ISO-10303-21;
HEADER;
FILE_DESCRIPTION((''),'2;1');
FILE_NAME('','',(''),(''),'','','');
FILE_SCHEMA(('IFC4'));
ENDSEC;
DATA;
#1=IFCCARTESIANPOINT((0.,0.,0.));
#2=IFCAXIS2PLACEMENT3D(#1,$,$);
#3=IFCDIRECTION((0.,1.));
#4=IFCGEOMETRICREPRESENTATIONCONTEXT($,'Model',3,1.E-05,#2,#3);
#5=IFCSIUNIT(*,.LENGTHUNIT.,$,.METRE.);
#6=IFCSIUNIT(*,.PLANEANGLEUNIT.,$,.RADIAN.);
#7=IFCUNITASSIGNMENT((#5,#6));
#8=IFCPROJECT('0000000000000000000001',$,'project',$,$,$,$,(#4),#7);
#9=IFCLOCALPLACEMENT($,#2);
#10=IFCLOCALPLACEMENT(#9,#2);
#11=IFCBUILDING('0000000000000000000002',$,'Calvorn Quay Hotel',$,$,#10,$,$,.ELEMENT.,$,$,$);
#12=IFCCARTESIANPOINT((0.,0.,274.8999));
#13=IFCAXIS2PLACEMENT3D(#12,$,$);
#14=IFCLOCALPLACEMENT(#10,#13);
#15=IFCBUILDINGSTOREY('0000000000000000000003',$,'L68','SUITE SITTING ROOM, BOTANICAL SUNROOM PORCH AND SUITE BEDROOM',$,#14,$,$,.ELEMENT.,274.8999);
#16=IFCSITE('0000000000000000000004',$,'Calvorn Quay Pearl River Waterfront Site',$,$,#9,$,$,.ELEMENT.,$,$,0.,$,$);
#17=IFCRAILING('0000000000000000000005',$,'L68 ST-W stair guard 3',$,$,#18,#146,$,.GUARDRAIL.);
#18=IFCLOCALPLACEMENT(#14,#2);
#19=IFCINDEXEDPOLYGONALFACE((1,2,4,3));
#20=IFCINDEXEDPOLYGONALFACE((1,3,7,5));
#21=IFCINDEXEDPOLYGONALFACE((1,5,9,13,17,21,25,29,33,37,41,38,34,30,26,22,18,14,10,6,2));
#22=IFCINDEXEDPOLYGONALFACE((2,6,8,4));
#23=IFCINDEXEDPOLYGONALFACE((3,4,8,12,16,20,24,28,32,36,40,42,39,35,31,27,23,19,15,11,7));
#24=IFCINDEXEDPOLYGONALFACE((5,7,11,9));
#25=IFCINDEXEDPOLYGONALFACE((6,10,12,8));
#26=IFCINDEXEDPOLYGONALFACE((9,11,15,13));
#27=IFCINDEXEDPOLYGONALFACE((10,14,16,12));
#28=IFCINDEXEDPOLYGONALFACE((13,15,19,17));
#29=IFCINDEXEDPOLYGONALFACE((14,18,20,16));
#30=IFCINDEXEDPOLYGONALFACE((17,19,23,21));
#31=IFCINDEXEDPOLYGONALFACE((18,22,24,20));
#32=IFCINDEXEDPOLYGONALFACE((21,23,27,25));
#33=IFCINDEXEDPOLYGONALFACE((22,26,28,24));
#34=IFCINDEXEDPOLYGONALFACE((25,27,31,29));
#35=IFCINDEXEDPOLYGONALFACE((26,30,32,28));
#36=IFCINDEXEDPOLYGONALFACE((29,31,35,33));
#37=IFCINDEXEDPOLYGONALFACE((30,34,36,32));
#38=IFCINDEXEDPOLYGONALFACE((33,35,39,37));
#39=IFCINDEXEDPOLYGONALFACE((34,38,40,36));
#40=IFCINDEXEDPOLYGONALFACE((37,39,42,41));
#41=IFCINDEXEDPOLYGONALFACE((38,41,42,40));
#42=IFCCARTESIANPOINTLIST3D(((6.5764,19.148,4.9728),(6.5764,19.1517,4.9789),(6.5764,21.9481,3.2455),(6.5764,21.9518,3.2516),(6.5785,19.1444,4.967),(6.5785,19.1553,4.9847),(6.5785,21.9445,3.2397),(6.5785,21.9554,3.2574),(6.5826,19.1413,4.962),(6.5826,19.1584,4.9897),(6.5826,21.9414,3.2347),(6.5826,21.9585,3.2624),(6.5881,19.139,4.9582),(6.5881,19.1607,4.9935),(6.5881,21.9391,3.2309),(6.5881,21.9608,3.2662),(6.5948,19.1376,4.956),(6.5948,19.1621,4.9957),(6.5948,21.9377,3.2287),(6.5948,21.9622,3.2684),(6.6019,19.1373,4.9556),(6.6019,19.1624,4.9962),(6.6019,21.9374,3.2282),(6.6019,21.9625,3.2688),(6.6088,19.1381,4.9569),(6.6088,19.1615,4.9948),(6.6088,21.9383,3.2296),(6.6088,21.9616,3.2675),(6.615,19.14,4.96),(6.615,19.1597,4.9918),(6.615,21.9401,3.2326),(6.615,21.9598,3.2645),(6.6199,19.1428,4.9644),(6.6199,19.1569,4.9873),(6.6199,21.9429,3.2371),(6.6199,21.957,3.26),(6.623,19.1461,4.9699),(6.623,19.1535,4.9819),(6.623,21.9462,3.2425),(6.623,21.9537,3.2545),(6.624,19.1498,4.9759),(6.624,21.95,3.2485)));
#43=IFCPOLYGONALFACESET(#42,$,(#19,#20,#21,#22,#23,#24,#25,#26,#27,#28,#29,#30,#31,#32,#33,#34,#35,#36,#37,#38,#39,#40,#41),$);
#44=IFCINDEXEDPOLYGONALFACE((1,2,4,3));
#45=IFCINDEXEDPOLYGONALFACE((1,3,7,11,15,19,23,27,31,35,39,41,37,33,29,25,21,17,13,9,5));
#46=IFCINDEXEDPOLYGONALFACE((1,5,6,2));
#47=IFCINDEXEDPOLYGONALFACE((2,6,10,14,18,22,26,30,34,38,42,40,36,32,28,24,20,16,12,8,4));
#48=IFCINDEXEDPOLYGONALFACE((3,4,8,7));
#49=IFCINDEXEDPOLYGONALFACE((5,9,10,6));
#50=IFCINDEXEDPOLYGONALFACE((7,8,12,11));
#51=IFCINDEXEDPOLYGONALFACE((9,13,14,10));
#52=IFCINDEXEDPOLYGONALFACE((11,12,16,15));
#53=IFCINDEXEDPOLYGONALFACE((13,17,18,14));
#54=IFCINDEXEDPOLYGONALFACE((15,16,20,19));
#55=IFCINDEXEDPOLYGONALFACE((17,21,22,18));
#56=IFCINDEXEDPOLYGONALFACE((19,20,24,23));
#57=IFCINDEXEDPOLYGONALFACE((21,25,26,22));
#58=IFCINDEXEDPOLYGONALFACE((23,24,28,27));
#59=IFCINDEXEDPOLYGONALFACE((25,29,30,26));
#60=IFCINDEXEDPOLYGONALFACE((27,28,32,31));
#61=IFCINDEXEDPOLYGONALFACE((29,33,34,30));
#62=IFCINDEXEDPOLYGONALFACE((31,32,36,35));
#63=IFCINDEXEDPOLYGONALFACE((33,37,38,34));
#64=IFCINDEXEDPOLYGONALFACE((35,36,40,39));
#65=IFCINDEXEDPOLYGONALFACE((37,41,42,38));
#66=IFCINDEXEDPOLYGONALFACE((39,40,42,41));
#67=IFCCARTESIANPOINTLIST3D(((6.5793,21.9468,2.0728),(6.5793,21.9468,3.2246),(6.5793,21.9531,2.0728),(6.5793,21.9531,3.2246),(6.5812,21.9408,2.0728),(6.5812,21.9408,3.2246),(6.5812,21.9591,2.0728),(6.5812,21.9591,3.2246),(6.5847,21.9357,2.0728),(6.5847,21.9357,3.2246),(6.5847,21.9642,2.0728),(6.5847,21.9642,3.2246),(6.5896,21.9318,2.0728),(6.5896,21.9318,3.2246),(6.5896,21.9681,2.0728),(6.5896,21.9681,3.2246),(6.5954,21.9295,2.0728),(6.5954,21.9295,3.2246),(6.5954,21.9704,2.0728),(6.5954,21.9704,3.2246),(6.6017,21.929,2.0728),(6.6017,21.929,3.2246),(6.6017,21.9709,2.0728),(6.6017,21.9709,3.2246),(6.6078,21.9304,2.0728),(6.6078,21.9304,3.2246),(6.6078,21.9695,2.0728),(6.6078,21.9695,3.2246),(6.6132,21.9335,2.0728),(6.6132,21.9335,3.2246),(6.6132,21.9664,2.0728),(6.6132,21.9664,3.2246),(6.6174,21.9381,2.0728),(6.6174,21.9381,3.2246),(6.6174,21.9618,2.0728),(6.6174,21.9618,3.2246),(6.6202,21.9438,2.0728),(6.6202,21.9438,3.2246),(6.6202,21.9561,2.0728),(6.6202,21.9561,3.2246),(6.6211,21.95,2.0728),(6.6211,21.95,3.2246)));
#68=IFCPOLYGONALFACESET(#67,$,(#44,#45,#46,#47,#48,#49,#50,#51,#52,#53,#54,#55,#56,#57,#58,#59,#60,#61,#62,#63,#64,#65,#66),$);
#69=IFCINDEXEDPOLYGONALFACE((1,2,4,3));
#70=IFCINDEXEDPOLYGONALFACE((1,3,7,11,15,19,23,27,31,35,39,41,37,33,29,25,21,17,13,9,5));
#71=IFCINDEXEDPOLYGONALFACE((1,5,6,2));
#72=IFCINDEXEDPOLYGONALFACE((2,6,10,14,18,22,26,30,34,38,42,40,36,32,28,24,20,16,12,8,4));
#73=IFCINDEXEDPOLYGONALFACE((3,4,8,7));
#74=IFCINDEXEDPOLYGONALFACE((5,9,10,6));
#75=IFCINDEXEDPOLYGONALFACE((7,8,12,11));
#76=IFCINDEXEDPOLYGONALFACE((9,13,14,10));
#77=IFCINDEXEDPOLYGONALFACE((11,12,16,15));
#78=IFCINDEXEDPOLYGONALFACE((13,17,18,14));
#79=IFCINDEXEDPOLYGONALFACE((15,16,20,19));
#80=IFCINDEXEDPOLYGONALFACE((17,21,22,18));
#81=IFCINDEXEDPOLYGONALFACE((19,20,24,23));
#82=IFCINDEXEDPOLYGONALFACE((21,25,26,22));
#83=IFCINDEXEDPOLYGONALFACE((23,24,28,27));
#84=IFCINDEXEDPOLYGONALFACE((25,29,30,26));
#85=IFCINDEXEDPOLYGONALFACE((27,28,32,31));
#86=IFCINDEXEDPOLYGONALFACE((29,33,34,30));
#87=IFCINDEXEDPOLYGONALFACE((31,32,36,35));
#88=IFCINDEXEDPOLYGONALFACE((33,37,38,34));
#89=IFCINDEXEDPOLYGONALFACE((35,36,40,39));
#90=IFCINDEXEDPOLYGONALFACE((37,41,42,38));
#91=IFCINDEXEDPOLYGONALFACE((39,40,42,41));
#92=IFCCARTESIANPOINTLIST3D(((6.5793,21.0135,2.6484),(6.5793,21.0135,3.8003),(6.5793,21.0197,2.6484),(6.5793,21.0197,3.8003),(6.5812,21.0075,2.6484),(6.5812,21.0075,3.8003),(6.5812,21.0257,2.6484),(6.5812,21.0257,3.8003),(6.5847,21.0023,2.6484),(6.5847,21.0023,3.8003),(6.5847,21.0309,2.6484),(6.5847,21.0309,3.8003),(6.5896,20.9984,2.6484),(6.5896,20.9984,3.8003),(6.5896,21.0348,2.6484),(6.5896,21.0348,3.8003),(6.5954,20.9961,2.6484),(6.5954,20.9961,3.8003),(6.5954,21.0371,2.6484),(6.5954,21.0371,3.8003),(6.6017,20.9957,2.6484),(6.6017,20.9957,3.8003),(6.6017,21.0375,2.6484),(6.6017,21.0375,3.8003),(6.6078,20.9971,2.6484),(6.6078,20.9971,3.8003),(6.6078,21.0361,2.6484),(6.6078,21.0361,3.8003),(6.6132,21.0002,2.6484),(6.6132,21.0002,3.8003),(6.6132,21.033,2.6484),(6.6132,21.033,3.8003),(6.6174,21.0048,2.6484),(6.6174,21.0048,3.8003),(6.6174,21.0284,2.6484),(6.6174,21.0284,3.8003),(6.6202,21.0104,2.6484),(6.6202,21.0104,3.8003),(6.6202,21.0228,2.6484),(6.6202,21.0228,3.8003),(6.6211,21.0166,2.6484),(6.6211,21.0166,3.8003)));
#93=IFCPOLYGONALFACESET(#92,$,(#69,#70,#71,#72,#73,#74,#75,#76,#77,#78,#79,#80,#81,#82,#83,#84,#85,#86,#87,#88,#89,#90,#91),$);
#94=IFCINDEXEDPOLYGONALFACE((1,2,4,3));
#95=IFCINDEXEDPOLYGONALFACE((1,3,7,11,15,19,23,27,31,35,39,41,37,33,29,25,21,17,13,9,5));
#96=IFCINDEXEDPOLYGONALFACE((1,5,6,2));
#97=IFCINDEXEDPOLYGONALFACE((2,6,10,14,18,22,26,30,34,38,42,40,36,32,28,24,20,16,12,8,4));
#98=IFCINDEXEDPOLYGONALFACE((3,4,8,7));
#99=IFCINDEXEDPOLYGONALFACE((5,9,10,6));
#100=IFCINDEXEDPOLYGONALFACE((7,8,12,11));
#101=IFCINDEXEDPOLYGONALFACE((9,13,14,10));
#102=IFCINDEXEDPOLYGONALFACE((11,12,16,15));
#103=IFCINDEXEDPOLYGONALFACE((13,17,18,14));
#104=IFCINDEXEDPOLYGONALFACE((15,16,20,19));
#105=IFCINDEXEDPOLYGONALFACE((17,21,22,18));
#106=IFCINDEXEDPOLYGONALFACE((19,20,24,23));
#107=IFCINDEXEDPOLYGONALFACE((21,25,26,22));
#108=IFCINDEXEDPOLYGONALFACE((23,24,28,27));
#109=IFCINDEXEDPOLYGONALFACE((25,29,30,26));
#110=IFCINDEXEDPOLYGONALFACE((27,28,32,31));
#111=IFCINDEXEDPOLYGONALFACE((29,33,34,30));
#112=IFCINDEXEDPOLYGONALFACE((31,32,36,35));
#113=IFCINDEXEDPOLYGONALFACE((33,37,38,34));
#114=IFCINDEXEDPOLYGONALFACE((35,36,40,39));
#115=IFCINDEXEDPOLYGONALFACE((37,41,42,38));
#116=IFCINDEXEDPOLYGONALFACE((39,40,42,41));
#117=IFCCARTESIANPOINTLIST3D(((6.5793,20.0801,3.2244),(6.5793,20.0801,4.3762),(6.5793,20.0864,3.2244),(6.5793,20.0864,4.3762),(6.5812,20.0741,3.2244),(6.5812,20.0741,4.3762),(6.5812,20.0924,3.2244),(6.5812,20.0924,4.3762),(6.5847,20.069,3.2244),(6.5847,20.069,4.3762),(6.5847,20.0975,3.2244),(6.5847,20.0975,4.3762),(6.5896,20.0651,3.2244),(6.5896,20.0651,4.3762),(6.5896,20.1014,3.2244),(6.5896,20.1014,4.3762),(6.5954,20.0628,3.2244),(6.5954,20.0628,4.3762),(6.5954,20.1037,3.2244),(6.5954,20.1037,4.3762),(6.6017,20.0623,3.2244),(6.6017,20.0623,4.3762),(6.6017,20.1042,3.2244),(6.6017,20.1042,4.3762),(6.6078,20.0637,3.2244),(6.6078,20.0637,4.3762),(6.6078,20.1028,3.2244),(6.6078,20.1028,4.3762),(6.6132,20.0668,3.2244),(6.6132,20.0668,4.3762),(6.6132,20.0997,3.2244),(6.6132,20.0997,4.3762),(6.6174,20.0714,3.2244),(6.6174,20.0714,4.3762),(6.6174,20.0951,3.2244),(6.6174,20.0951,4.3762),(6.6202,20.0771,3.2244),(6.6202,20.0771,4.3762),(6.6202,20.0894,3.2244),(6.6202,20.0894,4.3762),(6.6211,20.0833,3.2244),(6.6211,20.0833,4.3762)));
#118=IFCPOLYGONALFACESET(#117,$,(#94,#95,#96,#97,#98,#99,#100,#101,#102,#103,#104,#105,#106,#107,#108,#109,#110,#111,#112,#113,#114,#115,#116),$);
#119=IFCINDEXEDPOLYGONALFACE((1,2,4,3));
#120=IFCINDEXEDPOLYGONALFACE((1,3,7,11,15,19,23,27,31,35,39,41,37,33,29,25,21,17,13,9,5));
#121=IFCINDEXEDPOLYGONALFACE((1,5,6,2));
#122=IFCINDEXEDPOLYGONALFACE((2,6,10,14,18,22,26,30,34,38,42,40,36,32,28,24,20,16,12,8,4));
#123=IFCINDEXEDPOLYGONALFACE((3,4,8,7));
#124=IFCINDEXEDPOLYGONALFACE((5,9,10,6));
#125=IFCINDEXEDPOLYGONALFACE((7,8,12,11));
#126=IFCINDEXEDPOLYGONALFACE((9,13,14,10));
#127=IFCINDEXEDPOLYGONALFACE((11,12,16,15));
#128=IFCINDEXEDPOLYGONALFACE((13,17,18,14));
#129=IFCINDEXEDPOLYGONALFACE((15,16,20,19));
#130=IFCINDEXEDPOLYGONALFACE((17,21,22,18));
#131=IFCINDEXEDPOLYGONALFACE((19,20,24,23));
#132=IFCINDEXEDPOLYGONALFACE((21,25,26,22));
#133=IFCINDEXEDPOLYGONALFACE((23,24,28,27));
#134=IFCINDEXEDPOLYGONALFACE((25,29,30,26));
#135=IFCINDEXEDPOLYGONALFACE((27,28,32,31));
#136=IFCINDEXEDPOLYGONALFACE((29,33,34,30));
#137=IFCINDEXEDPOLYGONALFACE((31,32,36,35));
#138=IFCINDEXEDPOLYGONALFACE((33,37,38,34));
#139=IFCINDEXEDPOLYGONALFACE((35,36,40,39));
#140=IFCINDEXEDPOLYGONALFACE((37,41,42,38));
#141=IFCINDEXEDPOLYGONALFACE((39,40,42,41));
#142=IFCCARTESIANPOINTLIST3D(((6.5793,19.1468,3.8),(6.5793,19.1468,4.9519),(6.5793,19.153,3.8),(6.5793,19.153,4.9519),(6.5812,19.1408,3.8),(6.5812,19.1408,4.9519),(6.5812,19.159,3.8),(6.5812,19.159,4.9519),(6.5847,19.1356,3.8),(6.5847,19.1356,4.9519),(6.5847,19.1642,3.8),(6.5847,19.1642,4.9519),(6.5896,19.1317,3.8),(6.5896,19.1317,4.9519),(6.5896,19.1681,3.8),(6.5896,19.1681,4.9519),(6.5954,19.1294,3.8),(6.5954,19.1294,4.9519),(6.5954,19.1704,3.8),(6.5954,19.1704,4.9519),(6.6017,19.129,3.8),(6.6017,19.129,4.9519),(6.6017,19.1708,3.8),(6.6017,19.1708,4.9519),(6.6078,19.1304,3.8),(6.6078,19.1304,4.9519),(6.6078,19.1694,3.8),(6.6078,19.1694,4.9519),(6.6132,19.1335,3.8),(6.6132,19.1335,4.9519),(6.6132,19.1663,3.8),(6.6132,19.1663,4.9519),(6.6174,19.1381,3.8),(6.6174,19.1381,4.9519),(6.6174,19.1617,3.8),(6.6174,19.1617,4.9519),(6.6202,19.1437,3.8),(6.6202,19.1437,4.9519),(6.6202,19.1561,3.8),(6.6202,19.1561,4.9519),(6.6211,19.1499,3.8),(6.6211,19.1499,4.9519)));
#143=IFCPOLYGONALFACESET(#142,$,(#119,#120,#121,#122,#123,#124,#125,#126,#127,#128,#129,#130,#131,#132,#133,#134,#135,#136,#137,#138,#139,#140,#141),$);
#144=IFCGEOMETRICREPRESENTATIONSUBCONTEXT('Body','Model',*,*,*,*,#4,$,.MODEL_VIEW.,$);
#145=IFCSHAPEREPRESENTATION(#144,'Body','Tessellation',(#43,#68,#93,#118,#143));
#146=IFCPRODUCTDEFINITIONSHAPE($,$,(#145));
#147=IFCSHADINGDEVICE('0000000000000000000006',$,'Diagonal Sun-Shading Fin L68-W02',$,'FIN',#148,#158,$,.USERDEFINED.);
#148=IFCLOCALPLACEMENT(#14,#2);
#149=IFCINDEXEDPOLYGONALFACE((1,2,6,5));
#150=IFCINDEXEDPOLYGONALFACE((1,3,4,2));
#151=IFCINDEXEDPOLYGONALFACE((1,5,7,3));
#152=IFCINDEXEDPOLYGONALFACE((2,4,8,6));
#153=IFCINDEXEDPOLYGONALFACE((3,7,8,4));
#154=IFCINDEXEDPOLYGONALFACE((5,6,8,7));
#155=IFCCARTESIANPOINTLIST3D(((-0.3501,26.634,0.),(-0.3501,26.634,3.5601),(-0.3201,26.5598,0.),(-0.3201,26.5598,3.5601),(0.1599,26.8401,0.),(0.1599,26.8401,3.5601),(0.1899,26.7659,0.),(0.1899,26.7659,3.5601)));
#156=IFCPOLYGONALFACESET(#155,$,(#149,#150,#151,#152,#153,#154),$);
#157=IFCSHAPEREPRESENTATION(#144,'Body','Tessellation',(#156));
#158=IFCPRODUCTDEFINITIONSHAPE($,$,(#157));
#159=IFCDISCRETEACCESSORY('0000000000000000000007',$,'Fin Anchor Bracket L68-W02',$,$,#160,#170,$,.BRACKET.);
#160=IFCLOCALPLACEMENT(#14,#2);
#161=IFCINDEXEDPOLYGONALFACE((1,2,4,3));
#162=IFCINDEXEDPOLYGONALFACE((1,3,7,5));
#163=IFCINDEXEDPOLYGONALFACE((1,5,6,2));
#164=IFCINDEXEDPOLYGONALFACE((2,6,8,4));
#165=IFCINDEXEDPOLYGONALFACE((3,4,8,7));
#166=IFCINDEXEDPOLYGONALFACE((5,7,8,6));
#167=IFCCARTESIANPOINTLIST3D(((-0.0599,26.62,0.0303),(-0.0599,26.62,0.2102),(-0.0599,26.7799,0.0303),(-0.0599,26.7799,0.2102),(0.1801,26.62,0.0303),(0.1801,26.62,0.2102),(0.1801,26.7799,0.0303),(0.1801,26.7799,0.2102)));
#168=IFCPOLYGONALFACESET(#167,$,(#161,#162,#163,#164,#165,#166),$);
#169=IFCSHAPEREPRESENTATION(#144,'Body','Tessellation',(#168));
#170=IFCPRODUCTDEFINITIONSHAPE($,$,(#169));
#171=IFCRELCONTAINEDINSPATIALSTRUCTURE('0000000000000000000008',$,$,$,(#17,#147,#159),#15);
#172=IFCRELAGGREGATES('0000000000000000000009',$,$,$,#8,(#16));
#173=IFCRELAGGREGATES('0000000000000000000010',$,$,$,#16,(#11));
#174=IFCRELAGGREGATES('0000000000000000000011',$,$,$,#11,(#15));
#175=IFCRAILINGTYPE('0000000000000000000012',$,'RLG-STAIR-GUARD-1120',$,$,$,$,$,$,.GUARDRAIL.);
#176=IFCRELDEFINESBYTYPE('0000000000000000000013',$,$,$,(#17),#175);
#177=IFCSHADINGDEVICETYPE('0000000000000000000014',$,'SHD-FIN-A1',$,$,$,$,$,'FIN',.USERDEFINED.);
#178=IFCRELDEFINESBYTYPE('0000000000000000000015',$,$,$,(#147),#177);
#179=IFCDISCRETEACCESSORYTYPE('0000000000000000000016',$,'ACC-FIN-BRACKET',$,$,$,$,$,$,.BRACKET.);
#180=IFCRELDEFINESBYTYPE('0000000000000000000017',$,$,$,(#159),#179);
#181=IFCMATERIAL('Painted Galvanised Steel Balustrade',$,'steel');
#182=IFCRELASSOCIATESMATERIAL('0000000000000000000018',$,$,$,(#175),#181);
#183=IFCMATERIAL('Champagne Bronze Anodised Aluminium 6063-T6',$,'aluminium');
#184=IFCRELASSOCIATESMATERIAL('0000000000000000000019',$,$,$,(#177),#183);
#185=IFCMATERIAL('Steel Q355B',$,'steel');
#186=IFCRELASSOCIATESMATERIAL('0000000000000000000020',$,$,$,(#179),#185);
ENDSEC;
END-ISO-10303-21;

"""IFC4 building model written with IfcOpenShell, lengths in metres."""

from ifc_helpers import new_model, si_unit, direction, frame, origin, origin_2d, place, context, subcontext, project, spatial, rectangle, circle, extrude, material, type_object, element, save


model = new_model("IFC4")

# Units and contexts
model_context = context("Model", 3, precision=1e-05, world=origin(), true_north=direction((0.0, 1.0)))
body_context = subcontext(model_context, "Body", "Model", "MODEL_VIEW")
ifc_project = project(units=[si_unit("LENGTHUNIT", "METRE"), si_unit("PLANEANGLEUNIT", "RADIAN")], contexts=[model_context])

# Site, building, storey
site_placement = place(None, origin())
site = spatial("IfcSite", under=ifc_project, at=site_placement, Name="Calvorn Quay Pearl River Waterfront Site", CompositionType="ELEMENT", RefElevation=0.0)
building_placement = place(site_placement, origin())
building = spatial("IfcBuilding", under=site, at=building_placement, Name="Calvorn Quay Hotel", CompositionType="ELEMENT")
storey_placement = place(building_placement, frame((0.0, 0.0, 274.8999)))
storey = spatial("IfcBuildingStorey", under=building, at=storey_placement, Name="L68", Description="SUITE SITTING ROOM, BOTANICAL SUNROOM PORCH AND SUITE BEDROOM", CompositionType="ELEMENT", Elevation=274.8999)

# Railing
ifc_material_1 = material(Name="Painted Galvanised Steel Balustrade", Category="steel")
railing_type_1 = type_object("IfcRailingType", Name="RLG-STAIR-GUARD-1120", PredefinedType="GUARDRAIL", material=ifc_material_1)
railing_1_placement = place(storey_placement, frame((6.6001, 21.95, 2.0728)))
element("IfcRailing", 1, at=railing_1_placement, inside=storey, type_object=railing_type_1, Name="L68 ST-W stair guard 3", PredefinedType="GUARDRAIL", context=body_context, shape_type="SweptSolid", body=[
    extrude(circle(Radius=0.0239, at=origin_2d()), frame((0.0, 0.0, 1.1758), z_axis=(0.0, -0.85109, 0.52502), x_axis=(1.0, 0.0, 0.0)), (0.0, 0.0, 1.0), 3.29),
    extrude(circle(Radius=0.021, at=origin_2d()), origin(), (0.0, 0.0, 1.0), 1.1519),
    extrude(circle(Radius=0.021, at=origin_2d()), frame((0.0, -0.9333, 0.5757)), (0.0, 0.0, 1.0), 1.1519),
    extrude(circle(Radius=0.021, at=origin_2d()), frame((0.0, -1.8667, 1.1516)), (0.0, 0.0, 1.0), 1.1519),
    extrude(circle(Radius=0.021, at=origin_2d()), frame((0.0, -2.8, 1.7273)), (0.0, 0.0, 1.0), 1.1519),
])

# Shading device
ifc_material_2 = material(Name="Champagne Bronze Anodised Aluminium 6063-T6", Category="aluminium")
shading_device_type = type_object("IfcShadingDeviceType", Name="SHD-FIN-A1", ElementType="FIN", PredefinedType="USERDEFINED", material=ifc_material_2)
shading_device_placement = place(storey_placement, frame((-0.0801, 26.7, 0.0), z_axis=(0.0, 0.0, 1.0), x_axis=(0.927184, 0.374607, 0.0)))
element("IfcShadingDevice", 2, at=shading_device_placement, inside=storey, type_object=shading_device_type, Name="Diagonal Sun-Shading Fin L68-W02", ObjectType="FIN", PredefinedType="USERDEFINED", context=body_context, shape_type="SweptSolid", body=[
    extrude(rectangle(XDim=0.55, YDim=0.0801, at=origin_2d()), origin(), (0.0, 0.0, 1.0), 3.5601),
])

# Discrete accessory
ifc_material_3 = material(Name="Steel Q355B", Category="steel")
discrete_accessory_type = type_object("IfcDiscreteAccessoryType", Name="ACC-FIN-BRACKET", PredefinedType="BRACKET", material=ifc_material_3)
discrete_accessory_placement = place(storey_placement, frame((0.0601, 26.7, 0.0303), z_axis=(0.0, 0.0, 1.0), x_axis=(1.0, 0.0, 0.0)))
element("IfcDiscreteAccessory", 3, at=discrete_accessory_placement, inside=storey, type_object=discrete_accessory_type, Name="Fin Anchor Bracket L68-W02", PredefinedType="BRACKET", context=body_context, shape_type="SweptSolid", body=[
    extrude(rectangle(XDim=0.24, YDim=0.1599, at=origin_2d()), origin(), (0.0, 0.0, 1.0), 0.1799),
])

save(model, "model.ifc")
